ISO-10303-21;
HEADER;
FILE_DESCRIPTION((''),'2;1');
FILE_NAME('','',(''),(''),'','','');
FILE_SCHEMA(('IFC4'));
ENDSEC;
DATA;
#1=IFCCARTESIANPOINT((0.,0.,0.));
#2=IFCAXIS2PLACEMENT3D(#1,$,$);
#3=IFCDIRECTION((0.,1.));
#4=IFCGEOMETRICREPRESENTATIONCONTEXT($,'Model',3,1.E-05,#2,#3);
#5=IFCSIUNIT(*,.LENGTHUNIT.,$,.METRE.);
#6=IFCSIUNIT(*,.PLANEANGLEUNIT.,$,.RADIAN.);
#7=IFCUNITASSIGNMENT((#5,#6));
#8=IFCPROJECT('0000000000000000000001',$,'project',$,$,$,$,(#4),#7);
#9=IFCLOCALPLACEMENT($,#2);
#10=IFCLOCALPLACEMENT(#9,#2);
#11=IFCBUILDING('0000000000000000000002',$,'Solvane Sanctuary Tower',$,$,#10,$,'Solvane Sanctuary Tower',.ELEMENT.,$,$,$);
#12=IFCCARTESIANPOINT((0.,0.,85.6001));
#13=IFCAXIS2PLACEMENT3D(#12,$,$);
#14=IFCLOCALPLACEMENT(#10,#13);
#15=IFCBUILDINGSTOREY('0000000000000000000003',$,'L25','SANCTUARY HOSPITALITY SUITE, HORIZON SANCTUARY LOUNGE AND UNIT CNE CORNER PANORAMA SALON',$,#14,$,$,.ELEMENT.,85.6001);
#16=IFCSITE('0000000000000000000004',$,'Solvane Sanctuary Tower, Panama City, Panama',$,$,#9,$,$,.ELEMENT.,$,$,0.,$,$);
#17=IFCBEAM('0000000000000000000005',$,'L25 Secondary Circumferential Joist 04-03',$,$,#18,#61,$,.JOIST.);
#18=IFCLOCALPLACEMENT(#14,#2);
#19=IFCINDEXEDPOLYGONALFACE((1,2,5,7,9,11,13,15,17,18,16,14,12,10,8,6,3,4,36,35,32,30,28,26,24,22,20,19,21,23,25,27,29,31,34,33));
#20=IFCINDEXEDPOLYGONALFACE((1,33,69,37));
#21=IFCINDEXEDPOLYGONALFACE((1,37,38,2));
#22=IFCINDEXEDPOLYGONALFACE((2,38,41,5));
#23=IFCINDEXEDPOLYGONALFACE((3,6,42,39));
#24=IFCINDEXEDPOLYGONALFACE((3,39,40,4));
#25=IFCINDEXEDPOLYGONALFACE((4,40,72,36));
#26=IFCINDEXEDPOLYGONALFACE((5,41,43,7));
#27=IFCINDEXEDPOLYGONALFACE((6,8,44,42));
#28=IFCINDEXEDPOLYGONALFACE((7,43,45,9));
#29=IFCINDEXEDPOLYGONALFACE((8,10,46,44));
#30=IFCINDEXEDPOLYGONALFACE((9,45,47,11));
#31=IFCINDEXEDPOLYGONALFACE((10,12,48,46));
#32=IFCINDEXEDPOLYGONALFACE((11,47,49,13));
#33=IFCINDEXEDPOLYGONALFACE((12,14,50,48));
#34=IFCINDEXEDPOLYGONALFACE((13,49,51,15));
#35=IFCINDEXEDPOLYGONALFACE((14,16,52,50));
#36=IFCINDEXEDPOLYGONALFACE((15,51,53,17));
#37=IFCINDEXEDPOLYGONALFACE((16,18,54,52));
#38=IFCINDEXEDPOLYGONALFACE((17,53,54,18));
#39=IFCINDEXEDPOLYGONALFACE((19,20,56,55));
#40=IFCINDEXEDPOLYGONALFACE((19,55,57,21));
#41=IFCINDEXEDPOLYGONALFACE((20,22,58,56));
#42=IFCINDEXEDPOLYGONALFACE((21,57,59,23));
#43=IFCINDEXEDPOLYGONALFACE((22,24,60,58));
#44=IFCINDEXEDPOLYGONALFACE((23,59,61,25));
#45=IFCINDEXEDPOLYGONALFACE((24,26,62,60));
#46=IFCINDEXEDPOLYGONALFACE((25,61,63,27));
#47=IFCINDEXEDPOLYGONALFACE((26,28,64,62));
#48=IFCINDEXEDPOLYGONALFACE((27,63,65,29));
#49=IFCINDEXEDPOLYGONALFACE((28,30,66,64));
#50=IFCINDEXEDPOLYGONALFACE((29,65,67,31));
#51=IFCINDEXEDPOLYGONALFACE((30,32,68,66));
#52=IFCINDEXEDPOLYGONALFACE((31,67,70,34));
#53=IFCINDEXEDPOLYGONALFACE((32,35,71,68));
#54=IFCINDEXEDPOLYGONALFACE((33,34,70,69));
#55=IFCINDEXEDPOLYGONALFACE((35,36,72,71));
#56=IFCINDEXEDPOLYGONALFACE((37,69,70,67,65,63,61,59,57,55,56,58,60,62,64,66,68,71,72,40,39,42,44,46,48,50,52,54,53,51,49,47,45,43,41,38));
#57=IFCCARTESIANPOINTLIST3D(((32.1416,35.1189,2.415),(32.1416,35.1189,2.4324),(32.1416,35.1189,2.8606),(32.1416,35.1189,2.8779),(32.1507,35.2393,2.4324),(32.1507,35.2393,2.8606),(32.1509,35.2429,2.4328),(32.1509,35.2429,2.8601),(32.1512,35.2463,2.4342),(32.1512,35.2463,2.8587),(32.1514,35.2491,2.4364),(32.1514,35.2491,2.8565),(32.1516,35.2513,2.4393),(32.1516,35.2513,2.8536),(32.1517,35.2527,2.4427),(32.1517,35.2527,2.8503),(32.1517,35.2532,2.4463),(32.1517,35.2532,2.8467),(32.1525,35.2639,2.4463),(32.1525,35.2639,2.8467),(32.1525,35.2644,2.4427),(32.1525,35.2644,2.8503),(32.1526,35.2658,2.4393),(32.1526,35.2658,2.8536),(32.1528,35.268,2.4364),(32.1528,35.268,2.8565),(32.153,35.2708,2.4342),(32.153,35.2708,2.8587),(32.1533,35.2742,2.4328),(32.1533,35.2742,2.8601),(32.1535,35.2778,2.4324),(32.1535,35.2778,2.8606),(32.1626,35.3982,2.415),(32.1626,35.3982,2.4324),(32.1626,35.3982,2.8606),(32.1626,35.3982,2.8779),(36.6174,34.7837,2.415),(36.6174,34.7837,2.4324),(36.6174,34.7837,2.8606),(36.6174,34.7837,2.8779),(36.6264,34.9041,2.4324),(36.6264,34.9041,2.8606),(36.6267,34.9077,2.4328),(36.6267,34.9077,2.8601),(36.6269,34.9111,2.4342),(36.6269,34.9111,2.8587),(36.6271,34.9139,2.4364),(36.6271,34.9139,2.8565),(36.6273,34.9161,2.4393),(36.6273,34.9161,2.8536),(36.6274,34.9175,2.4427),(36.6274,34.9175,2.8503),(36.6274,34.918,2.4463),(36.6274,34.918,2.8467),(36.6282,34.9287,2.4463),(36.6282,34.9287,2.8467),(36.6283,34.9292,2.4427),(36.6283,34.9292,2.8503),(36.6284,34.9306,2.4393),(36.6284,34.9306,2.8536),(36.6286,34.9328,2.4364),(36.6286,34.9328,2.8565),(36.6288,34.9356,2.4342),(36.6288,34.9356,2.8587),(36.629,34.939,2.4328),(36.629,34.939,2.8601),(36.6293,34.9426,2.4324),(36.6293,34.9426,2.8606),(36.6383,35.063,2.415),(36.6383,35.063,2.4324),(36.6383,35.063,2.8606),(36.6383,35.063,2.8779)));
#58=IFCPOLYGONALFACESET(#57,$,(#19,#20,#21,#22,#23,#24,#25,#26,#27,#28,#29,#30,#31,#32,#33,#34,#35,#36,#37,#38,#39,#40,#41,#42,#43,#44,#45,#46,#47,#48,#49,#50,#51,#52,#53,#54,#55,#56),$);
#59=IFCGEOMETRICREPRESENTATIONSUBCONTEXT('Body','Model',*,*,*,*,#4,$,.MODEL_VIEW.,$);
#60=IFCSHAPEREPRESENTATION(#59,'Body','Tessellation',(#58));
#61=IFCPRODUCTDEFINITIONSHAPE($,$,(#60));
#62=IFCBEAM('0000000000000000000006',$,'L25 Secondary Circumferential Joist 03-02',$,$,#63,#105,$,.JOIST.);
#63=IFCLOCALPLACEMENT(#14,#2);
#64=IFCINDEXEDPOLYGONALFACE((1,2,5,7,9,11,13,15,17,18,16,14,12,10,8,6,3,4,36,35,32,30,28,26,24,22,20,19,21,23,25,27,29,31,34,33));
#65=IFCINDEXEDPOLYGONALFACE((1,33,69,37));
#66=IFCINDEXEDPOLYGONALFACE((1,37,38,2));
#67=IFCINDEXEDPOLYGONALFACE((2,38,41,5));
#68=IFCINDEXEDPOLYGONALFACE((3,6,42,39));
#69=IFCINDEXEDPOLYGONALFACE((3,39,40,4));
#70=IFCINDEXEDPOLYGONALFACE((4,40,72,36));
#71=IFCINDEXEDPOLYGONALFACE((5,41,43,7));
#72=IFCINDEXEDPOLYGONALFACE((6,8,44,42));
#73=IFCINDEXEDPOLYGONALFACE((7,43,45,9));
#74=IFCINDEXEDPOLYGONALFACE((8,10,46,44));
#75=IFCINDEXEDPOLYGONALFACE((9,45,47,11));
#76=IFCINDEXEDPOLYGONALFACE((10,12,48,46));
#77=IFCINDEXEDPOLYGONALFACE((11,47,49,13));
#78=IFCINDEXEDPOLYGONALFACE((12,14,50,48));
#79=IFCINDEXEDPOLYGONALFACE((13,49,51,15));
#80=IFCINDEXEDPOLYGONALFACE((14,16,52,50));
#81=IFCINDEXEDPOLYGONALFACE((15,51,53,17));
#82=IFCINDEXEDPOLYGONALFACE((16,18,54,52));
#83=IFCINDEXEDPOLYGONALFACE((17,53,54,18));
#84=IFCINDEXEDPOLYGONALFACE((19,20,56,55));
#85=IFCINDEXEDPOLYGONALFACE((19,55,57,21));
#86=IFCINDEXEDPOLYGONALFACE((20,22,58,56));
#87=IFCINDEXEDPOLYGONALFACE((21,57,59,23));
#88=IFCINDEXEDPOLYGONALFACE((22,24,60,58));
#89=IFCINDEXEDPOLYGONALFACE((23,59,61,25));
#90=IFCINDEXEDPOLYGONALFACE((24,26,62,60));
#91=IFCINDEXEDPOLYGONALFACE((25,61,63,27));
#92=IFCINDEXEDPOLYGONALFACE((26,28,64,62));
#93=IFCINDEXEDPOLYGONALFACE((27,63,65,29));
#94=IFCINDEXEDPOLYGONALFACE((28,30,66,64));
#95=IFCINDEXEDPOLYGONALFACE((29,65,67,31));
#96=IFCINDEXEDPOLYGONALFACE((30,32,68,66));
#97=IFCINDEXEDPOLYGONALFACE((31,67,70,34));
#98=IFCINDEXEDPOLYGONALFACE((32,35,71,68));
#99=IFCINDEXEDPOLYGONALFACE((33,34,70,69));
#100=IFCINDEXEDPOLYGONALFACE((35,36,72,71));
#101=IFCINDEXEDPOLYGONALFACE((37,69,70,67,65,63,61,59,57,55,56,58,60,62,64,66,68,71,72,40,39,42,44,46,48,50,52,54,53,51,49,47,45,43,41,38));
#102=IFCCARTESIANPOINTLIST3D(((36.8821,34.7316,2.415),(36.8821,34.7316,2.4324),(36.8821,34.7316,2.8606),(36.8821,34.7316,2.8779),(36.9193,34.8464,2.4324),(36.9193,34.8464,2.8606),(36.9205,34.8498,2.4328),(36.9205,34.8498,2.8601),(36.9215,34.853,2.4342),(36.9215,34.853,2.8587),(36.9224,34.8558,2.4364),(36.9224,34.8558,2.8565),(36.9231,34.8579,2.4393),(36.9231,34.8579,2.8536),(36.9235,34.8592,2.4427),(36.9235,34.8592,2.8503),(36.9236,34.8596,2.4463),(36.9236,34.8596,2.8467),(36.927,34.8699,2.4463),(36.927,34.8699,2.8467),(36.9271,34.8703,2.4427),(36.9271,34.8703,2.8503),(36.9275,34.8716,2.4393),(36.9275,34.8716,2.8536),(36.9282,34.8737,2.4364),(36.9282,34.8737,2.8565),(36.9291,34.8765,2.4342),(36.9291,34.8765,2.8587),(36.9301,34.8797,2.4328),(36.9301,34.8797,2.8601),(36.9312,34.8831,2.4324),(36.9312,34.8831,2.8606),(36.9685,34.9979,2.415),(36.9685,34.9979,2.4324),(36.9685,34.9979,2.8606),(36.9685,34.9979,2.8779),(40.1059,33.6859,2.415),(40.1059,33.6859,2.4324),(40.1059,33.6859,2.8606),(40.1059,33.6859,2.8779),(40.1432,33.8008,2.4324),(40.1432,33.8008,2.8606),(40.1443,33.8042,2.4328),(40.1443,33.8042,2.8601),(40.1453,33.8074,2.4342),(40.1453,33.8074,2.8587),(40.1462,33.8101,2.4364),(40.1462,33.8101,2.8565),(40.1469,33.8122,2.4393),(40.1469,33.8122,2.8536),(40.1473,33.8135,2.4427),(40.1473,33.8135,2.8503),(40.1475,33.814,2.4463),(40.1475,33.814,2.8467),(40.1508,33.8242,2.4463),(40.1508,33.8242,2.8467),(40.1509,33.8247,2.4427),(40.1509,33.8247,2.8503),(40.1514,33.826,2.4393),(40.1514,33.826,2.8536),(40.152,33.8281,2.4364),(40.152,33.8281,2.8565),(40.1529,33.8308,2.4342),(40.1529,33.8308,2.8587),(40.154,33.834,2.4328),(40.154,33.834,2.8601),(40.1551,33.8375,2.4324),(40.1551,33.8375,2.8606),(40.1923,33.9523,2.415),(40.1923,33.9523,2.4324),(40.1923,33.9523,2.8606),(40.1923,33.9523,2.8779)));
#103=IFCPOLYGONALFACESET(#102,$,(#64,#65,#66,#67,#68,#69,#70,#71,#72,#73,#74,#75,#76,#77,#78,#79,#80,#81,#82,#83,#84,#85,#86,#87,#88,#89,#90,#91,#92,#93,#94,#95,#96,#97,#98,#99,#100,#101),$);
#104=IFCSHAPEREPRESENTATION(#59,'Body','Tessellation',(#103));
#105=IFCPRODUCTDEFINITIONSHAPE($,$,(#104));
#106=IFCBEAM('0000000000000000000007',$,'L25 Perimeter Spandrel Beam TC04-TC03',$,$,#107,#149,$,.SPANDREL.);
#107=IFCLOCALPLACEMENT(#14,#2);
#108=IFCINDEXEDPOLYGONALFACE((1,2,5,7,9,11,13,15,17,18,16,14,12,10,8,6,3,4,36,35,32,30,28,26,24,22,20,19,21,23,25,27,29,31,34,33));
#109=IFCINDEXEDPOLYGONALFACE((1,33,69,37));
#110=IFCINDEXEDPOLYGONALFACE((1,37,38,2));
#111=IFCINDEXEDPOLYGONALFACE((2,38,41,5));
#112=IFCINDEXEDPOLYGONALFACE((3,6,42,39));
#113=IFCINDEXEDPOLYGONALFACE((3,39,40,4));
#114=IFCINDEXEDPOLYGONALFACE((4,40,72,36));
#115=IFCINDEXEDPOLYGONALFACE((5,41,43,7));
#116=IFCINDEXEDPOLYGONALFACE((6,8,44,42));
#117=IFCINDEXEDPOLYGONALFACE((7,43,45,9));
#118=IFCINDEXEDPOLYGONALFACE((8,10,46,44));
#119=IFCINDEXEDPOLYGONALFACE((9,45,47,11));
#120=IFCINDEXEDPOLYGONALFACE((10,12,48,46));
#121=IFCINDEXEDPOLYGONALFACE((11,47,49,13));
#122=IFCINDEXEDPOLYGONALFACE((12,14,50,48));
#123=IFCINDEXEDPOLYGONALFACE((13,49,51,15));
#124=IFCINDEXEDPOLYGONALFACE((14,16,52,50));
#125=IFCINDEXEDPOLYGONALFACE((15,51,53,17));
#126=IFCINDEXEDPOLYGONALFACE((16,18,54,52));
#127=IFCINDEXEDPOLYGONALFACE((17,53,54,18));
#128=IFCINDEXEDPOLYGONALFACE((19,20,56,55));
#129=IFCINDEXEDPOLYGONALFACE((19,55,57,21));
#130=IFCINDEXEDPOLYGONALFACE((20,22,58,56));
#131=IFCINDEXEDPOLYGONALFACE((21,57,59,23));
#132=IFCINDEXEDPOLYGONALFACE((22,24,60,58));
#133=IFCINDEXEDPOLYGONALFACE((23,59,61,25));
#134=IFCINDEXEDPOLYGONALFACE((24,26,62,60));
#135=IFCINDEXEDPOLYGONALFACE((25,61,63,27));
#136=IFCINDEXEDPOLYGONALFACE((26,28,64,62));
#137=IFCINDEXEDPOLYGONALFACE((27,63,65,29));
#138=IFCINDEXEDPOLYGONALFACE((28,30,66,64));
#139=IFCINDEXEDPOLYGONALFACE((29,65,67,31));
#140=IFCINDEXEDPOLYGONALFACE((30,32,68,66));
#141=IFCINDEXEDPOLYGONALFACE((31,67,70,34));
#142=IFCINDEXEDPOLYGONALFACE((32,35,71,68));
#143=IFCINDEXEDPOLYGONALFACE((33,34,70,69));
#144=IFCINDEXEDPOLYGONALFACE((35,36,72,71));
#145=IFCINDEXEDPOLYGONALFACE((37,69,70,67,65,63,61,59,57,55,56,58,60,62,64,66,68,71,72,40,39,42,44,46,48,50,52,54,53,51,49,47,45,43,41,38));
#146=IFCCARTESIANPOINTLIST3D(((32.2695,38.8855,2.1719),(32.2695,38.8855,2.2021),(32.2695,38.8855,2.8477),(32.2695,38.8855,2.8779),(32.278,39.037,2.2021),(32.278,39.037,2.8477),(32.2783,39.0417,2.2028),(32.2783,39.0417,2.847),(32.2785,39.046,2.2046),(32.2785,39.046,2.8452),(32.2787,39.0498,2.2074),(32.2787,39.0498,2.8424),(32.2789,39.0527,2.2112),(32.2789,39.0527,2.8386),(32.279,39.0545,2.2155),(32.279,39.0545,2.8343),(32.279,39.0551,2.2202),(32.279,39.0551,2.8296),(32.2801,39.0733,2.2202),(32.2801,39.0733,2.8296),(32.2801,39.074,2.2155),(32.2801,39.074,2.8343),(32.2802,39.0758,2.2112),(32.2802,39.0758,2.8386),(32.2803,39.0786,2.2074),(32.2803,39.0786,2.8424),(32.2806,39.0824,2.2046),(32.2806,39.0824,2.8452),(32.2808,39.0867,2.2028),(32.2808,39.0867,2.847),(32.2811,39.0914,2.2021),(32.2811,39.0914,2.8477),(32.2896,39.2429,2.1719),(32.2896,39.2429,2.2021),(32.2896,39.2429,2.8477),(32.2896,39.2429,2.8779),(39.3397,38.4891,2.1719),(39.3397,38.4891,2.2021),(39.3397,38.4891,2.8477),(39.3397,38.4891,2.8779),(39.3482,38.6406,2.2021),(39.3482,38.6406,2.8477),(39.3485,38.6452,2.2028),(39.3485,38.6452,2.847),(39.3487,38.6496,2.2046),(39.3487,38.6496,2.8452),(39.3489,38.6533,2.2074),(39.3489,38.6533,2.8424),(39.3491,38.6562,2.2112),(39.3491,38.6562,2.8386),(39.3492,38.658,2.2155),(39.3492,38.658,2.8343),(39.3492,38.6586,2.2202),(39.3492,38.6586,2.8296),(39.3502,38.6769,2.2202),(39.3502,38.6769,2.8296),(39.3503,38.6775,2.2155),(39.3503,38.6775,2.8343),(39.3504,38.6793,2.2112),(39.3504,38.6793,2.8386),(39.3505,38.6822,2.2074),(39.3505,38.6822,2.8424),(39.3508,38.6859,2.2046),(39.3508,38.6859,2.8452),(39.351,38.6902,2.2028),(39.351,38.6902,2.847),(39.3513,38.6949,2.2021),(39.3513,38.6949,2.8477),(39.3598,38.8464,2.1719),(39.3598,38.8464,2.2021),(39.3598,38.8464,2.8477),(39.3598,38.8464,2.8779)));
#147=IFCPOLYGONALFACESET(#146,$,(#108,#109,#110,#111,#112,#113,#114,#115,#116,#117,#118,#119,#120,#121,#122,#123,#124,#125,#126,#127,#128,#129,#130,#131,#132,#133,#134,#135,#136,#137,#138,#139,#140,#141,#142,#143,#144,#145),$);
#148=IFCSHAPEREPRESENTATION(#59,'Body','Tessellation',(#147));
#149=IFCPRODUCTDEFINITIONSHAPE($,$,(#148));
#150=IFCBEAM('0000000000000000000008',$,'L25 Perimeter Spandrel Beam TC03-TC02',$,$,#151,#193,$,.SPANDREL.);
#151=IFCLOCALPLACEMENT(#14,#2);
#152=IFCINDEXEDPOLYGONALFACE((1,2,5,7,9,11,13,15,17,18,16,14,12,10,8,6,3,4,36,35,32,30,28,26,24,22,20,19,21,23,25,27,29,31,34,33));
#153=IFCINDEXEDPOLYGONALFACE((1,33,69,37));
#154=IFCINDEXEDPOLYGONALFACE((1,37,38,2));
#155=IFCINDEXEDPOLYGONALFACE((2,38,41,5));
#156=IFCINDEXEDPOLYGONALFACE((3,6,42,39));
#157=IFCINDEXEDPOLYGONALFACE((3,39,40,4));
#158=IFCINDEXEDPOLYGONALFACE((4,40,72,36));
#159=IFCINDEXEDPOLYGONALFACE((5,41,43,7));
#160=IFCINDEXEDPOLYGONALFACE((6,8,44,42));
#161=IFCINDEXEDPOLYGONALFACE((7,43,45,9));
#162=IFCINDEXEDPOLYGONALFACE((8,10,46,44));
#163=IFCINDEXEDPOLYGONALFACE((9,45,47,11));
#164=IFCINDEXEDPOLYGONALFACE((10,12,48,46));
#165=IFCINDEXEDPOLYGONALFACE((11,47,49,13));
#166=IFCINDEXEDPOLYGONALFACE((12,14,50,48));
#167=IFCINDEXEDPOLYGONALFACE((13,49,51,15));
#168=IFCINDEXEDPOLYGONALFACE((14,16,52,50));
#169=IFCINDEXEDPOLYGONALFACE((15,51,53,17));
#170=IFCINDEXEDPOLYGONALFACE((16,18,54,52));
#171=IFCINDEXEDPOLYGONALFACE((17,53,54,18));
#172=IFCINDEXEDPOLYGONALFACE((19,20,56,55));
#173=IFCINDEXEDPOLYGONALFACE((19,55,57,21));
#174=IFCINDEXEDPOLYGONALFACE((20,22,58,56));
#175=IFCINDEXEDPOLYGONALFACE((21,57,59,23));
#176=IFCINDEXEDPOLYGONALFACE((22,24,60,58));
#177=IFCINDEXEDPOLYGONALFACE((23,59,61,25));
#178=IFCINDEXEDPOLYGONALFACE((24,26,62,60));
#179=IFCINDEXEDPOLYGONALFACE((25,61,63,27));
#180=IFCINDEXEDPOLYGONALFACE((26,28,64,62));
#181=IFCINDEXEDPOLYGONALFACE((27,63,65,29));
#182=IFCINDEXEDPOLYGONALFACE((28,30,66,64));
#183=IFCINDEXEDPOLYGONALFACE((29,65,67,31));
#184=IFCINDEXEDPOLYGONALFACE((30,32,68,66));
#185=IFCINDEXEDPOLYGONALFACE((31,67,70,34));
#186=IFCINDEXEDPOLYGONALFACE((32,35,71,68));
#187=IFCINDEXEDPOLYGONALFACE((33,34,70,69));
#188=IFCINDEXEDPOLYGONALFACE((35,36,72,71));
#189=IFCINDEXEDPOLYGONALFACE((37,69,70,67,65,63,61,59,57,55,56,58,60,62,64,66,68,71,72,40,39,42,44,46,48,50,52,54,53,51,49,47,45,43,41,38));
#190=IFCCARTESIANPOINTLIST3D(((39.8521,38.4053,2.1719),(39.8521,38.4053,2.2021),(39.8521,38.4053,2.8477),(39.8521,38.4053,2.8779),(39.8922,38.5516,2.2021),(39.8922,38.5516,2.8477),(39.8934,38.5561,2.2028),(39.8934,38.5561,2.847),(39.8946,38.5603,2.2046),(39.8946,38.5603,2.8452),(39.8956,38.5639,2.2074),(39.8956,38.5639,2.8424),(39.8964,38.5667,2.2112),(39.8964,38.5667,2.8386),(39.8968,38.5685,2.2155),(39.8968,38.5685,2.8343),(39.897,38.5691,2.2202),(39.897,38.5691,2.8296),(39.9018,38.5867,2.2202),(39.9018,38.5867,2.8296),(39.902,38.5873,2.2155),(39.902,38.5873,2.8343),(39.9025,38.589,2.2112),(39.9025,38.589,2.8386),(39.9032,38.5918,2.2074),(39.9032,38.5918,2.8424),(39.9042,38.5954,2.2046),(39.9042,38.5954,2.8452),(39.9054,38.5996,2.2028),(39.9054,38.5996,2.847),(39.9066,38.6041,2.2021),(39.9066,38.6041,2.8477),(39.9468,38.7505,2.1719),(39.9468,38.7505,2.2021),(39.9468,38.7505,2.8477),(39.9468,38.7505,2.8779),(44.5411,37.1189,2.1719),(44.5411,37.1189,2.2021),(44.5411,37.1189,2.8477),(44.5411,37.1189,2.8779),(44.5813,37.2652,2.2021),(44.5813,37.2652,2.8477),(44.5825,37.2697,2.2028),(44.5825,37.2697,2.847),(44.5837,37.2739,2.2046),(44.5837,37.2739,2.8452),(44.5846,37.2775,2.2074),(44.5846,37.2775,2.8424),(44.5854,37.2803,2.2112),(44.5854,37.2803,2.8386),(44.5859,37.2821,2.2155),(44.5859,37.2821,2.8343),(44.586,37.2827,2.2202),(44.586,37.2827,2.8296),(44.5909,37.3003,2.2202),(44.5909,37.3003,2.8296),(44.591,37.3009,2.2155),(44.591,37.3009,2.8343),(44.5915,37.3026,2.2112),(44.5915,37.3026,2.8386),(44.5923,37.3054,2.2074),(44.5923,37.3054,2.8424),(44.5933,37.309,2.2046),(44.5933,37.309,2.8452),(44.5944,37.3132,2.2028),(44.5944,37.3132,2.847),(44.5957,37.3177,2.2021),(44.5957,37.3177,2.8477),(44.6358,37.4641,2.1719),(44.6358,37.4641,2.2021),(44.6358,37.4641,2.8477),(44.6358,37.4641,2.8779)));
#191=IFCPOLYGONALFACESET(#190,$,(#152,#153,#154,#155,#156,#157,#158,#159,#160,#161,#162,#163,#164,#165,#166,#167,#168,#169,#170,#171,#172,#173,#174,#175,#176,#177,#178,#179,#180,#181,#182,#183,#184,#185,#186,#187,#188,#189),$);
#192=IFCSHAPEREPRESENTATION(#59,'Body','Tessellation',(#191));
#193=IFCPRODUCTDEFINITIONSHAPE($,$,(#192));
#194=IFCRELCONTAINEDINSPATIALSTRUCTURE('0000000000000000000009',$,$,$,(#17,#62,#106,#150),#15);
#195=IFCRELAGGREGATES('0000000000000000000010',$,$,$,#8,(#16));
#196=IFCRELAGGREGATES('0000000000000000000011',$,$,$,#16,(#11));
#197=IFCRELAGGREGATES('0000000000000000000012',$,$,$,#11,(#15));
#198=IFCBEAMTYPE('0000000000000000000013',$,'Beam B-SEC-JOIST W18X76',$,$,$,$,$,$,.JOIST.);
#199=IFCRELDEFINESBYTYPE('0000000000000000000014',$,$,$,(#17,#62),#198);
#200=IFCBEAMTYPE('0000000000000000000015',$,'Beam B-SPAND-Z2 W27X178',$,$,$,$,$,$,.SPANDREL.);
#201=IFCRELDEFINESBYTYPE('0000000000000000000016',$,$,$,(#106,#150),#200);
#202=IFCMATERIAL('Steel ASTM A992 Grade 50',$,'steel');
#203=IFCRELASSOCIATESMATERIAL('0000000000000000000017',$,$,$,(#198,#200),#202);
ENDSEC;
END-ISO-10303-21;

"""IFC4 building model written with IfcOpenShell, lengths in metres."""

from ifc_helpers import new_model, si_unit, direction, frame, origin, origin_2d, place, context, subcontext, project, spatial, i_section, extrude, material, material_profile, profile_set, type_object, element, save


model = new_model("IFC4")

# Units and contexts
model_context = context("Model", 3, precision=1e-05, world=origin(), true_north=direction((0.0, 1.0)))
body_context = subcontext(model_context, "Body", "Model", "MODEL_VIEW")
ifc_project = project(units=[si_unit("LENGTHUNIT", "METRE"), si_unit("PLANEANGLEUNIT", "RADIAN")], contexts=[model_context])

# Site, building, storey
site_placement = place(None, origin())
site = spatial("IfcSite", under=ifc_project, at=site_placement, Name="Solvane Sanctuary Tower, Panama City, Panama", CompositionType="ELEMENT", RefElevation=0.0)
building_placement = place(site_placement, origin())
building = spatial("IfcBuilding", under=site, at=building_placement, Name="Solvane Sanctuary Tower", LongName="Solvane Sanctuary Tower", CompositionType="ELEMENT")
storey_placement = place(building_placement, frame((0.0, 0.0, 85.6001)))
storey = spatial("IfcBuildingStorey", under=building, at=storey_placement, Name="L25", Description="SANCTUARY HOSPITALITY SUITE, HORIZON SANCTUARY LOUNGE AND UNIT CNE CORNER PANORAMA SALON", CompositionType="ELEMENT", Elevation=85.6001)

# Beams
ifc_material_1 = material(Name="Steel ASTM A992 Grade 50", Category="steel")
ifc_material_profile_1 = material_profile(ifc_material_1, i_section(OverallWidth=0.28, OverallDepth=0.4629, WebThickness=0.0107, FlangeThickness=0.0173, FilletRadius=0.0139, at=origin_2d()), Name="W18X76")
ifc_profile_set_1 = profile_set([ifc_material_profile_1], Name="Steel ASTM A992 Grade 50")
beam_type_1 = type_object("IfcBeamType", Name="Beam B-SEC-JOIST W18X76", PredefinedType="JOIST", material=ifc_profile_set_1)
beam_1_placement = place(storey_placement, frame((32.1521, 35.2585, 2.6465), z_axis=(0.997207, -0.074683, 0.0), x_axis=(0.074683, 0.997207, 0.0)))
element("IfcBeam", 1, at=beam_1_placement, inside=storey, type_object=beam_type_1, Name="L25 Secondary Circumferential Joist 04-03", PredefinedType="JOIST", context=body_context, shape_type="SweptSolid", body=[
    extrude(i_section(OverallWidth=0.28, OverallDepth=0.4629, WebThickness=0.0107, FlangeThickness=0.0173, FilletRadius=0.0139, at=origin_2d()), origin(), (0.0, 0.0, 1.0), 4.4883),
])
beam_2_placement = place(storey_placement, frame((36.9253, 34.8647, 2.6465), z_axis=(0.951217, -0.308524, 0.0), x_axis=(0.308524, 0.951217, 0.0)))
element("IfcBeam", 2, at=beam_2_placement, inside=storey, type_object=beam_type_1, Name="L25 Secondary Circumferential Joist 03-02", PredefinedType="JOIST", context=body_context, shape_type="SweptSolid", body=[
    extrude(i_section(OverallWidth=0.28, OverallDepth=0.4629, WebThickness=0.0107, FlangeThickness=0.0173, FilletRadius=0.0139, at=origin_2d()), origin(), (0.0, 0.0, 1.0), 3.3892),
])
ifc_material_profile_2 = material_profile(ifc_material_1, i_section(OverallWidth=0.3579, OverallDepth=0.7061, WebThickness=0.0183, FlangeThickness=0.0303, FilletRadius=0.0181, at=origin_2d()), Name="W27X178")
ifc_profile_set_2 = profile_set([ifc_material_profile_2], Name="Steel ASTM A992 Grade 50")
beam_type_2 = type_object("IfcBeamType", Name="Beam B-SPAND-Z2 W27X178", PredefinedType="SPANDREL", material=ifc_profile_set_2)
beam_3_placement = place(storey_placement, frame((32.2795, 39.0642, 2.5249), z_axis=(0.998431, -0.055989, 0.0), x_axis=(0.055989, 0.998431, 0.0)))
element("IfcBeam", 3, at=beam_3_placement, inside=storey, type_object=beam_type_2, Name="L25 Perimeter Spandrel Beam TC04-TC03", PredefinedType="SPANDREL", context=body_context, shape_type="SweptSolid", body=[
    extrude(i_section(OverallWidth=0.3579, OverallDepth=0.7061, WebThickness=0.0183, FlangeThickness=0.0303, FilletRadius=0.0181, at=origin_2d()), origin(), (0.0, 0.0, 1.0), 7.0813),
])
beam_4_placement = place(storey_placement, frame((39.8994, 38.5779, 2.5249), z_axis=(0.964368, -0.264566, 0.0), x_axis=(0.264566, 0.964368, 0.0)))
element("IfcBeam", 4, at=beam_4_placement, inside=storey, type_object=beam_type_2, Name="L25 Perimeter Spandrel Beam TC03-TC02", PredefinedType="SPANDREL", context=body_context, shape_type="SweptSolid", body=[
    extrude(i_section(OverallWidth=0.3579, OverallDepth=0.7061, WebThickness=0.0183, FlangeThickness=0.0303, FilletRadius=0.0181, at=origin_2d()), origin(), (0.0, 0.0, 1.0), 4.8623),
])

save(model, "model.ifc")
